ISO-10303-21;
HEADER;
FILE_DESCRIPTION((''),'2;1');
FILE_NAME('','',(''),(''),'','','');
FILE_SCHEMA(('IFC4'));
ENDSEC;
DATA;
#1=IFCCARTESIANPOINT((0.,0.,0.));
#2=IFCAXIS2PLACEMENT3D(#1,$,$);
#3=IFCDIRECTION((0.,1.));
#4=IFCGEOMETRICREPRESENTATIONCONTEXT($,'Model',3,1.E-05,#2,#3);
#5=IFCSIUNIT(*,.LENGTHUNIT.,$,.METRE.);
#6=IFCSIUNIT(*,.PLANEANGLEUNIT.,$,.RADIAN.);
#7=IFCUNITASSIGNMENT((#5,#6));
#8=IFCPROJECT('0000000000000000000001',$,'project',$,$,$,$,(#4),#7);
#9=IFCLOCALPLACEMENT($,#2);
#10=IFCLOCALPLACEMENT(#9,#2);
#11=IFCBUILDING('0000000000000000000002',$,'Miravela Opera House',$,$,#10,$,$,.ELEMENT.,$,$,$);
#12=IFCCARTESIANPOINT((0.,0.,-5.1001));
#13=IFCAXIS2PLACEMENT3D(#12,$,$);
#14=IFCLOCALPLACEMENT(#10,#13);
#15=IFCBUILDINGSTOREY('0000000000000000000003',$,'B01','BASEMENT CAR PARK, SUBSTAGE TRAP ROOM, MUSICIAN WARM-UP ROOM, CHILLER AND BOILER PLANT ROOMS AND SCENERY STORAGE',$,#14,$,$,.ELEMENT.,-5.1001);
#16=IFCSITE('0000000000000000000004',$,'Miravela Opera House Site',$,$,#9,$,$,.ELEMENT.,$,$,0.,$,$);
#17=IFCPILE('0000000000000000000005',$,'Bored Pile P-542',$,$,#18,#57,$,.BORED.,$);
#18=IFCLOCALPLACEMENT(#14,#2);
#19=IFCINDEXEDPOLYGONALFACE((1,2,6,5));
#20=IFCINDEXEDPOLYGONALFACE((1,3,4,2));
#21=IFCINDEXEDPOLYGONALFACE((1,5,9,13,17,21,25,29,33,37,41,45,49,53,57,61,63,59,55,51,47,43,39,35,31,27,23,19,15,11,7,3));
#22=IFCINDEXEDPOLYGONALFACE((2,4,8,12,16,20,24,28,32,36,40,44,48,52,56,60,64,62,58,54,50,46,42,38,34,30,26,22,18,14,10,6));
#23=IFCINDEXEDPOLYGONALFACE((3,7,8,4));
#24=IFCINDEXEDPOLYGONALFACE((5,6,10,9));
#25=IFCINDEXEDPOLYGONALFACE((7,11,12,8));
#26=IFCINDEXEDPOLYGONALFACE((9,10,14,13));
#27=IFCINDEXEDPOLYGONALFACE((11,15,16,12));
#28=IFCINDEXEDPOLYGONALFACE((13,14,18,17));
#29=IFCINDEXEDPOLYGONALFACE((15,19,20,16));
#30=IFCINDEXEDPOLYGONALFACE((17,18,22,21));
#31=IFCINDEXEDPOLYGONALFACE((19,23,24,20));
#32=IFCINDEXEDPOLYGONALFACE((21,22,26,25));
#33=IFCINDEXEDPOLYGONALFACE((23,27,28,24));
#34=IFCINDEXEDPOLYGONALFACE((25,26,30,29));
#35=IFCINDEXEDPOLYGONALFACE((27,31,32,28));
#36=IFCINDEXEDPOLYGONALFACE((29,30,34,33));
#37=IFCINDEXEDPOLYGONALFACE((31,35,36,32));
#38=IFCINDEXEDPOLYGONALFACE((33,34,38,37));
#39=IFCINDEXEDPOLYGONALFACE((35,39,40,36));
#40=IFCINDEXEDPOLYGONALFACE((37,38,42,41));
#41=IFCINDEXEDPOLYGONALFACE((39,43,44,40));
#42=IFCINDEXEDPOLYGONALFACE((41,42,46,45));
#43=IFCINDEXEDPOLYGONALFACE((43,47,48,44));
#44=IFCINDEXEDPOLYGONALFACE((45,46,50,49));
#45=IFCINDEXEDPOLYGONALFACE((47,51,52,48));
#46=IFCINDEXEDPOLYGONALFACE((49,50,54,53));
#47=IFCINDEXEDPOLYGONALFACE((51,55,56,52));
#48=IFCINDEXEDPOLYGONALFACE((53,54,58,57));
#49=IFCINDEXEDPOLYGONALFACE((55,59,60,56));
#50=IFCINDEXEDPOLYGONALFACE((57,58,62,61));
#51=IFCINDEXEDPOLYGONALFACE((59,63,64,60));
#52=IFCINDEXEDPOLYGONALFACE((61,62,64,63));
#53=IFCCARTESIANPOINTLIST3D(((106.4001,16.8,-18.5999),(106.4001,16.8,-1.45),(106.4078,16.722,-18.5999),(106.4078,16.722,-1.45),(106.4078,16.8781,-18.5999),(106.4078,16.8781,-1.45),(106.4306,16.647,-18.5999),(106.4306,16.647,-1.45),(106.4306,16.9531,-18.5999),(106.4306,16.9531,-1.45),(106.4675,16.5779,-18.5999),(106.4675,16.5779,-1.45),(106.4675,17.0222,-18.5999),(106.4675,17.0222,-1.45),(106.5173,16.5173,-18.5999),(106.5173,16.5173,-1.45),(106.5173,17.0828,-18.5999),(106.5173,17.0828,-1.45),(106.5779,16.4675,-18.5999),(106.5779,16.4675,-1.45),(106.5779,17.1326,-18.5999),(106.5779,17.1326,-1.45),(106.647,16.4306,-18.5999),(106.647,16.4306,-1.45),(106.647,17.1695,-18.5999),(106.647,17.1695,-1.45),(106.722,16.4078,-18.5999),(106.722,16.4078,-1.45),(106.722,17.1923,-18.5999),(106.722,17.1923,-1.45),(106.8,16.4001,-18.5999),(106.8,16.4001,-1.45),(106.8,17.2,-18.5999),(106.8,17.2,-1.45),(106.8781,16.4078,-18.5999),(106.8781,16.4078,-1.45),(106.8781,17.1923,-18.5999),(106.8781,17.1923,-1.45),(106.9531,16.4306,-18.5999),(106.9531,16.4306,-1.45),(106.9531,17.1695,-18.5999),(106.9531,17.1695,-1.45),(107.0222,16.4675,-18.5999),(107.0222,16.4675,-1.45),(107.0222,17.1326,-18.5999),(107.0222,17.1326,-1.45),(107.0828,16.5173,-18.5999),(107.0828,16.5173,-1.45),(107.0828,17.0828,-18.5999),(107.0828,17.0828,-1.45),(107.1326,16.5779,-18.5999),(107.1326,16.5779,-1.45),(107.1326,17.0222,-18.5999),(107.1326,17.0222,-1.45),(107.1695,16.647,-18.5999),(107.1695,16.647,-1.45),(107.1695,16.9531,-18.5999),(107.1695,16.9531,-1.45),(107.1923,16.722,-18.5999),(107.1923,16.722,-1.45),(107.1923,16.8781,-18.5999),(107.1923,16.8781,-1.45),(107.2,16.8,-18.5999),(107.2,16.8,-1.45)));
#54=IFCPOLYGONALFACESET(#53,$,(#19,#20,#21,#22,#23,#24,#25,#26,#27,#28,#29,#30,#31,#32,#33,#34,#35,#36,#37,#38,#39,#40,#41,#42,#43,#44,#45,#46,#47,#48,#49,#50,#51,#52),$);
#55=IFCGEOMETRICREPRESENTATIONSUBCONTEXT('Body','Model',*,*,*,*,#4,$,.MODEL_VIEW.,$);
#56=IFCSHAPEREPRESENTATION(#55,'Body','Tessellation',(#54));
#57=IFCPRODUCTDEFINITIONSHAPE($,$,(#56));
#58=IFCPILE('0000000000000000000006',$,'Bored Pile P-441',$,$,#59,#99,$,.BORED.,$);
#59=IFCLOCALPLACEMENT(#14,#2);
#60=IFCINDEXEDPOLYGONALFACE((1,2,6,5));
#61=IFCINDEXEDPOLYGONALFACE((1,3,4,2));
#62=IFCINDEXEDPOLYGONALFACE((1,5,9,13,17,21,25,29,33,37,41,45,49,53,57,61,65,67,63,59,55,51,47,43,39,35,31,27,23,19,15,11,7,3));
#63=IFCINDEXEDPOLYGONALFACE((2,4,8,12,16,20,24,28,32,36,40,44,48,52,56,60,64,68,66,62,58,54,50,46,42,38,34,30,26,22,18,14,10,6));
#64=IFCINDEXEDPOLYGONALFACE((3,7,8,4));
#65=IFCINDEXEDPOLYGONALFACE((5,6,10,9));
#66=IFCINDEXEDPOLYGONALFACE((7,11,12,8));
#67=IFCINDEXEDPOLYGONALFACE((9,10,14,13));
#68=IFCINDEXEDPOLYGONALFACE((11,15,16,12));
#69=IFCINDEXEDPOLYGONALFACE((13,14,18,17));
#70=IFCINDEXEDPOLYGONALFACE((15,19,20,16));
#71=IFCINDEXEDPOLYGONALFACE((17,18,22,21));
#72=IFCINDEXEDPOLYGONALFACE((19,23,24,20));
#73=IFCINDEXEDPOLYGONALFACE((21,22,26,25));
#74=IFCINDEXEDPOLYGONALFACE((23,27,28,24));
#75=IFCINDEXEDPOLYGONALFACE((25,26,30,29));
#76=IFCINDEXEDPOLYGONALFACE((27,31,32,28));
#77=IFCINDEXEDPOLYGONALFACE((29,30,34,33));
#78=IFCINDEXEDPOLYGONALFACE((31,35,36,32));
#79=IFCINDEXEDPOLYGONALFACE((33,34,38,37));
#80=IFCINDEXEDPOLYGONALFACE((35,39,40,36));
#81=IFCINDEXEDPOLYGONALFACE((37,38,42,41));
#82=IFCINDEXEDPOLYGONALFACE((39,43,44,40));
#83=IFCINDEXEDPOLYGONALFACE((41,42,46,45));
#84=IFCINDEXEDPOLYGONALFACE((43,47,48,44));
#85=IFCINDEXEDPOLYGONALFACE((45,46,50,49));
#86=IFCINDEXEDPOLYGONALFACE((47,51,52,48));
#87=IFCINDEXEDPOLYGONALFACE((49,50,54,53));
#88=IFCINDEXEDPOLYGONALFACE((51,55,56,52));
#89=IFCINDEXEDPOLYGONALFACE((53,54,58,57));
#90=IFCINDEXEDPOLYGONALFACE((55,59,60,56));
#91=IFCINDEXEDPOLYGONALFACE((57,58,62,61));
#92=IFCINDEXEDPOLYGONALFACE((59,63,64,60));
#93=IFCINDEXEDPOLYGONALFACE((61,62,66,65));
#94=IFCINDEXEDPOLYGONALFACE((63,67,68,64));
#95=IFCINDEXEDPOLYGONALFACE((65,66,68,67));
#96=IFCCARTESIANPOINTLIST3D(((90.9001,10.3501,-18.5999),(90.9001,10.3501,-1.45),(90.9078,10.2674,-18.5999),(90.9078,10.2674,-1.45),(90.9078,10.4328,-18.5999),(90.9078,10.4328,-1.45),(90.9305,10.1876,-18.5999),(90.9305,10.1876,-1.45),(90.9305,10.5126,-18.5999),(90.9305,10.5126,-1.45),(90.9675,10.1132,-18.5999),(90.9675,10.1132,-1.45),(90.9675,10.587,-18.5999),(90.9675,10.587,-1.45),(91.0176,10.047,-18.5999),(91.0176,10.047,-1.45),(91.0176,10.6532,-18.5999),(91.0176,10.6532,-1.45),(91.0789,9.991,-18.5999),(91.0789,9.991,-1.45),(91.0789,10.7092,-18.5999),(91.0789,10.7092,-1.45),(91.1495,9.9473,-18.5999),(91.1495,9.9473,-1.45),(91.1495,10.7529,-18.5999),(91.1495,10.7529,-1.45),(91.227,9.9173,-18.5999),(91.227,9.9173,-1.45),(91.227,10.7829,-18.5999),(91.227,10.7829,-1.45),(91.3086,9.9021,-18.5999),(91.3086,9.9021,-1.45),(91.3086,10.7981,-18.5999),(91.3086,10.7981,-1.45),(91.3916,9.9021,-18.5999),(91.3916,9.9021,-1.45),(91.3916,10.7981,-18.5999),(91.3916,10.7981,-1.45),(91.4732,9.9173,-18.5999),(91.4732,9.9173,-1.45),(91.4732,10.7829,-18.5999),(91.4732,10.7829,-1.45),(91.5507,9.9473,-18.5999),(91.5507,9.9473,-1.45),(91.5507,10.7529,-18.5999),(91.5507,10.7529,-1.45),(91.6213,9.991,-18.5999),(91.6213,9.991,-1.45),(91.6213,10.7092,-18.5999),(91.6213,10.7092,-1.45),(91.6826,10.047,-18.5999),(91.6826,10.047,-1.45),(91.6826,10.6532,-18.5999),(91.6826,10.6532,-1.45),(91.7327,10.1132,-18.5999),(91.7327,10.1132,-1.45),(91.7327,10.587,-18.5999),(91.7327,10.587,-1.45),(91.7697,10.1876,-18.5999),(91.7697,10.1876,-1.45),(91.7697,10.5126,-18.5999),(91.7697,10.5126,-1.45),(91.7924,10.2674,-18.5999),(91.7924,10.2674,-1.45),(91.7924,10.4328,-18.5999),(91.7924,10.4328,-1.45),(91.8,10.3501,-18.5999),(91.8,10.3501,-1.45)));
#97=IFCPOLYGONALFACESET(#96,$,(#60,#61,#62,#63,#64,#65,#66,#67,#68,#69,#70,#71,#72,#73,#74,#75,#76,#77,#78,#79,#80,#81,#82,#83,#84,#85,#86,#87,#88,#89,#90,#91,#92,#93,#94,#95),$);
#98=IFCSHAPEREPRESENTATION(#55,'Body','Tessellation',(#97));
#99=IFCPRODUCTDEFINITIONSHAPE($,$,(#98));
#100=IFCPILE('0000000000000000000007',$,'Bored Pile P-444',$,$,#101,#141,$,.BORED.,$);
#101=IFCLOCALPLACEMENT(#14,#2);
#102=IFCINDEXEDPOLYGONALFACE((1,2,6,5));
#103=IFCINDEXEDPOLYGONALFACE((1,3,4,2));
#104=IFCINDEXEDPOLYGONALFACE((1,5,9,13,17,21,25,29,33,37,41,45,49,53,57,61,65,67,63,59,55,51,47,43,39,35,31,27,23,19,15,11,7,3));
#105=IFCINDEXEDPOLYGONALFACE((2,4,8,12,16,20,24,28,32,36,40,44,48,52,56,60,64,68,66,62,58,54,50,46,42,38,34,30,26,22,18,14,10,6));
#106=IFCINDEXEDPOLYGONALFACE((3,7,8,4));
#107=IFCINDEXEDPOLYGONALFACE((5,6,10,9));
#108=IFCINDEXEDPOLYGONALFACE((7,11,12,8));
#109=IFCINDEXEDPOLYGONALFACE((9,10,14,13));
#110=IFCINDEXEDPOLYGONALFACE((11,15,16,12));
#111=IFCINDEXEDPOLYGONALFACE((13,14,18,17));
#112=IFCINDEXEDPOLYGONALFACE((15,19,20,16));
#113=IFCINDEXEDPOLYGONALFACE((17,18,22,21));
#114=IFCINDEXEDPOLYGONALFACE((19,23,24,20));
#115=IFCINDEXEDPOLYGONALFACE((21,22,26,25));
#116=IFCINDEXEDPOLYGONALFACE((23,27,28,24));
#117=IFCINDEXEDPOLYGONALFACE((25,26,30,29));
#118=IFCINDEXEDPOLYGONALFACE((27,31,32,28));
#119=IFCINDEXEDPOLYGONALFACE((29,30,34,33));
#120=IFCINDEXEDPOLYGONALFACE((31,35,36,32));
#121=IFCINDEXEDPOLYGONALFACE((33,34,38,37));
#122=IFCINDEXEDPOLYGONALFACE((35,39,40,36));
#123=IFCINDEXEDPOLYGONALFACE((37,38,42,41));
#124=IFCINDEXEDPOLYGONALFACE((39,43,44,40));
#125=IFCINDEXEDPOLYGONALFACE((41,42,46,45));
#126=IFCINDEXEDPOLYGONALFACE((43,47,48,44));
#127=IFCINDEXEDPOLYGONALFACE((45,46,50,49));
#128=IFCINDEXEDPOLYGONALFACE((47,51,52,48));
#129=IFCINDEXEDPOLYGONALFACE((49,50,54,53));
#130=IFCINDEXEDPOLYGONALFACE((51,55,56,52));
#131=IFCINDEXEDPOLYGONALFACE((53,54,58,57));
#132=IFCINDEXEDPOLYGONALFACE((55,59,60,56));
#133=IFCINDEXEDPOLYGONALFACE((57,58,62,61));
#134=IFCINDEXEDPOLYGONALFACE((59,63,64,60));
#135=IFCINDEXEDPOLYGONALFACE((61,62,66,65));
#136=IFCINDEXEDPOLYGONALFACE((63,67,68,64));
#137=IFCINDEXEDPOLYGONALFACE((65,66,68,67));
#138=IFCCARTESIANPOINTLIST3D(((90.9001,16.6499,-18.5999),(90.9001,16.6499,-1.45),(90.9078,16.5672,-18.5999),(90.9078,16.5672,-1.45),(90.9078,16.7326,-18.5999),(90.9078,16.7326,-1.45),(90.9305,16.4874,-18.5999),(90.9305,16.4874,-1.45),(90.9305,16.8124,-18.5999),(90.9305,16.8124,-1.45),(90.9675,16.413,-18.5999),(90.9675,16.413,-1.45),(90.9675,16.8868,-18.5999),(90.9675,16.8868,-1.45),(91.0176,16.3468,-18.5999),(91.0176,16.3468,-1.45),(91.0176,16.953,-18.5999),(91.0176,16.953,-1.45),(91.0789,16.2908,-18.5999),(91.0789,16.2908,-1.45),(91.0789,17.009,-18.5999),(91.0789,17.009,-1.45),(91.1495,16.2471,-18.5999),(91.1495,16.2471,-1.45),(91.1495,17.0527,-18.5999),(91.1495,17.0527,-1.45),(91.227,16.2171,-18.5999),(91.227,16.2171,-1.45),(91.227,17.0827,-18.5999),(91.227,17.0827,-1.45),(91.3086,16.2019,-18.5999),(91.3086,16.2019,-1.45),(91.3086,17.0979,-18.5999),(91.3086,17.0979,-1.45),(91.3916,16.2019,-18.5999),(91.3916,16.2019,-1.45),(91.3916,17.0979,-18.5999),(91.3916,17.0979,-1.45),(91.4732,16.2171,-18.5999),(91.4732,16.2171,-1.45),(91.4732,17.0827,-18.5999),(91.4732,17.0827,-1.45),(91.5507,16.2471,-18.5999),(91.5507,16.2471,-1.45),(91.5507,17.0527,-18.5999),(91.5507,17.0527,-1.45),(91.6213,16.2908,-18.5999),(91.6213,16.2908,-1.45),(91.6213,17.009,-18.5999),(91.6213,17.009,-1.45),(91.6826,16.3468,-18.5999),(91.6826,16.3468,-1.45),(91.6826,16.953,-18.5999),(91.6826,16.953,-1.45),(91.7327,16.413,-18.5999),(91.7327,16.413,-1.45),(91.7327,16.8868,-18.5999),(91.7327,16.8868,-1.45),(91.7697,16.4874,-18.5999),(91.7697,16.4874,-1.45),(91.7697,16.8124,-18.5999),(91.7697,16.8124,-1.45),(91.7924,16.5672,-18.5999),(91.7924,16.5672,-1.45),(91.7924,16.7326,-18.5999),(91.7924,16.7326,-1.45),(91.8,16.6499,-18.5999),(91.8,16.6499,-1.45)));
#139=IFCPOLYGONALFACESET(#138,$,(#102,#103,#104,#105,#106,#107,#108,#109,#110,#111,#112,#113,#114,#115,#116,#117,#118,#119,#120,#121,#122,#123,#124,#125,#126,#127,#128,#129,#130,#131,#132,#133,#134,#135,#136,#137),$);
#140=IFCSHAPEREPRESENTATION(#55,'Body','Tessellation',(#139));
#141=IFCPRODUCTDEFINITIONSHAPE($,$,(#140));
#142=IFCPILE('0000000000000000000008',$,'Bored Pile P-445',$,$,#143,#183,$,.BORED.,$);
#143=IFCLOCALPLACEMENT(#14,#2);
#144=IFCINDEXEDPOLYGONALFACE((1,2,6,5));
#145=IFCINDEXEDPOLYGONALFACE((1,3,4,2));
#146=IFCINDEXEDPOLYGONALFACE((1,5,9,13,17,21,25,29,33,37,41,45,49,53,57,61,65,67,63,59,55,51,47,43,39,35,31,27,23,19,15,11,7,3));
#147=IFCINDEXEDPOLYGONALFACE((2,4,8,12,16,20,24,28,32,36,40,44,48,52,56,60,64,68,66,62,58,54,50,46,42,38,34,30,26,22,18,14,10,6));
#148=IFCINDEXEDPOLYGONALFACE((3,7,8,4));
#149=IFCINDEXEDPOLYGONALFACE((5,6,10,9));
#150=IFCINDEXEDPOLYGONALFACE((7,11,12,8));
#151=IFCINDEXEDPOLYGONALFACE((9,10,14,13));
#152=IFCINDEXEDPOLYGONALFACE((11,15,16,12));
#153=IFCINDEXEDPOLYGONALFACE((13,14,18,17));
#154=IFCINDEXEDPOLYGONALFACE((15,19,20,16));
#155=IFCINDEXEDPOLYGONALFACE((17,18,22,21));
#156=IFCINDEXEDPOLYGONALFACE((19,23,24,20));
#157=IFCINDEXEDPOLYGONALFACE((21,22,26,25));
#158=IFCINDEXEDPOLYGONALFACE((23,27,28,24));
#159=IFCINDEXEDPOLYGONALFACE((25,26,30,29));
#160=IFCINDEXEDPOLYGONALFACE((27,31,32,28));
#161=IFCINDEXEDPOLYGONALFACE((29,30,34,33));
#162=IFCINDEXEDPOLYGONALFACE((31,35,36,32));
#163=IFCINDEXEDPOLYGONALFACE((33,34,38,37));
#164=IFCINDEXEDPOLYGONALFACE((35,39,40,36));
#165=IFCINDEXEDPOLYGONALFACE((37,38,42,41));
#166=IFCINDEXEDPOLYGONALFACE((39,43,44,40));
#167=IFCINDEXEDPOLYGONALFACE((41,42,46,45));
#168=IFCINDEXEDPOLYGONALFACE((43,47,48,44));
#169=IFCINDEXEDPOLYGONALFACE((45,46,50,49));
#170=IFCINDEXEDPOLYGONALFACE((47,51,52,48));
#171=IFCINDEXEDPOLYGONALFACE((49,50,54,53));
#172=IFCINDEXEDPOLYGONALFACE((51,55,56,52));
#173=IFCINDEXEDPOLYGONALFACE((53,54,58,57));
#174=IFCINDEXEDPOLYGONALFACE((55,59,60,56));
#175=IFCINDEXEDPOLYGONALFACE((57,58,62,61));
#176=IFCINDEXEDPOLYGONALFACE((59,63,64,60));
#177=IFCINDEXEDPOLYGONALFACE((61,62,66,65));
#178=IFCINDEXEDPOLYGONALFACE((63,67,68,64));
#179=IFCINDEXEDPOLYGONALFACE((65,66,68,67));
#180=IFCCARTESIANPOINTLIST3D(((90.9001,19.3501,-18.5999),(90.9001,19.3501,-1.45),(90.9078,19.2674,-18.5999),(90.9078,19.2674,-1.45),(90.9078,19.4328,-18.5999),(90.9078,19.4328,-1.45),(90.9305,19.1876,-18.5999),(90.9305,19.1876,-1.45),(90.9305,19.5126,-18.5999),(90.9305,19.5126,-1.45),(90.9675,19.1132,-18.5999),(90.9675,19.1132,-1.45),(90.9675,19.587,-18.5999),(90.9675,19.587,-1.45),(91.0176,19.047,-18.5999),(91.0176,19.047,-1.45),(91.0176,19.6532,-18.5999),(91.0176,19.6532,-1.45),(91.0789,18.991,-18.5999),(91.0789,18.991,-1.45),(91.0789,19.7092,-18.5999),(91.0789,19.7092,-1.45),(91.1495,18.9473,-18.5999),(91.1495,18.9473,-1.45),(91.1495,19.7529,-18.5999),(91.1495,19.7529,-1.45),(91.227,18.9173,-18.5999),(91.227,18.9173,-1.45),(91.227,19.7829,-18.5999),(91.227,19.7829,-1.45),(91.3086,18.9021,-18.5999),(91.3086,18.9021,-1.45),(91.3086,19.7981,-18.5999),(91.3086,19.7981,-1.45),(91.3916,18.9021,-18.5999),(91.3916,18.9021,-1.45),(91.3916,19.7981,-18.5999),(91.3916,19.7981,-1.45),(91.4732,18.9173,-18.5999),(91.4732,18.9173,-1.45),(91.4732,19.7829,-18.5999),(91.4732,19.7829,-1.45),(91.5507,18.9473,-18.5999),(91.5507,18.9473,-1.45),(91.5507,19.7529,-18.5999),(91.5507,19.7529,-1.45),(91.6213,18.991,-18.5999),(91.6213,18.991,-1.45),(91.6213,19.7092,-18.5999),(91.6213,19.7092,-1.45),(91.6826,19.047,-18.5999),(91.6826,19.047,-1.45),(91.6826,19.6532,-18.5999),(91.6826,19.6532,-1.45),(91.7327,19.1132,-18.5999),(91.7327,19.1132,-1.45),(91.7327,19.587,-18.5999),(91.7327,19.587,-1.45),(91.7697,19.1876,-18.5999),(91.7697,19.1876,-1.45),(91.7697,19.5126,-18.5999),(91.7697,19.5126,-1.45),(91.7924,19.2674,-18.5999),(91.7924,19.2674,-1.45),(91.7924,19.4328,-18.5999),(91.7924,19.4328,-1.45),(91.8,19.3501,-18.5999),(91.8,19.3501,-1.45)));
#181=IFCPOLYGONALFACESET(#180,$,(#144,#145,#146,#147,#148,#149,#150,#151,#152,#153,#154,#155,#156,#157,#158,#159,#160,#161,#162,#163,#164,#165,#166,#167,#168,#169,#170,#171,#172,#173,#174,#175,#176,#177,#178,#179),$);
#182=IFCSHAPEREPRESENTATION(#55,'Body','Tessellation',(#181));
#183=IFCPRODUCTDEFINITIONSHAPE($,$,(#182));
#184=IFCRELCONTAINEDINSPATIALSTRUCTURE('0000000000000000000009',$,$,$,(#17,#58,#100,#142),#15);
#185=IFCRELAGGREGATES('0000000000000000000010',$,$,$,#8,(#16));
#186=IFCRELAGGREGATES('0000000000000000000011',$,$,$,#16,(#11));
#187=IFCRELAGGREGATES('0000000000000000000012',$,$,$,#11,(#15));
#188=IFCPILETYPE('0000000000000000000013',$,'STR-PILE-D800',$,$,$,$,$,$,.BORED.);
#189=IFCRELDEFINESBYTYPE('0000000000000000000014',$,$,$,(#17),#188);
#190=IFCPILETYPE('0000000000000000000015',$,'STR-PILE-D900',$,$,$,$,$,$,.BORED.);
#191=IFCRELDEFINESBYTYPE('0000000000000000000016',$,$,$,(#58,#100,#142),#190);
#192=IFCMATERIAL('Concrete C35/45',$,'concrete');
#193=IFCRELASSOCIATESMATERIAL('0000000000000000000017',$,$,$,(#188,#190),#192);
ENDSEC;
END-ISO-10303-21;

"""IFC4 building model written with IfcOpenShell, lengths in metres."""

from ifc_helpers import new_model, si_unit, direction, frame, origin, origin_2d, place, context, subcontext, project, spatial, circle, extrude, material, material_profile, profile_set, type_object, element, save


model = new_model("IFC4")

# Units and contexts
model_context = context("Model", 3, precision=1e-05, world=origin(), true_north=direction((0.0, 1.0)))
body_context = subcontext(model_context, "Body", "Model", "MODEL_VIEW")
ifc_project = project(units=[si_unit("LENGTHUNIT", "METRE"), si_unit("PLANEANGLEUNIT", "RADIAN")], contexts=[model_context])

# Site, building, storey
site_placement = place(None, origin())
site = spatial("IfcSite", under=ifc_project, at=site_placement, Name="Miravela Opera House Site", CompositionType="ELEMENT", RefElevation=0.0)
building_placement = place(site_placement, origin())
building = spatial("IfcBuilding", under=site, at=building_placement, Name="Miravela Opera House", CompositionType="ELEMENT")
storey_placement = place(building_placement, frame((0.0, 0.0, -5.1001)))
storey = spatial("IfcBuildingStorey", under=building, at=storey_placement, Name="B01", Description="BASEMENT CAR PARK, SUBSTAGE TRAP ROOM, MUSICIAN WARM-UP ROOM, CHILLER AND BOILER PLANT ROOMS AND SCENERY STORAGE", CompositionType="ELEMENT", Elevation=-5.1001)

# Shared definitions
ifc_material_1 = material(Name="Concrete C35/45", Category="concrete")

# Piles
ifc_material_profile_1 = material_profile(ifc_material_1, circle(Radius=0.3999, at=origin_2d()), Name="PILE-D800")
ifc_profile_set_1 = profile_set([ifc_material_profile_1])
pile_type_1 = type_object("IfcPileType", Name="STR-PILE-D800", PredefinedType="BORED", material=ifc_profile_set_1)
for number, where, z_axis, x_axis, name in (
    (1, (106.8, 16.8, -1.45), (0.0, 0.0, -1.0), (1.0, 0.0, 0.0), "Bored Pile P-542"),
):
    element("IfcPile", number, at=place(storey_placement, frame(where, z_axis=z_axis, x_axis=x_axis)), inside=storey, type_object=pile_type_1, Name=name, PredefinedType="BORED", context=body_context, shape_type="SweptSolid", body=[
        extrude(circle(Radius=0.3999, at=origin_2d()), origin(), (0.0, 0.0, 1.0), 17.1499),
    ])
ifc_material_profile_2 = material_profile(ifc_material_1, circle(Radius=0.45, at=origin_2d()), Name="PILE-D900")
ifc_profile_set_2 = profile_set([ifc_material_profile_2])
pile_type_2 = type_object("IfcPileType", Name="STR-PILE-D900", PredefinedType="BORED", material=ifc_profile_set_2)
for number, where, z_axis, x_axis, name in (
    (2, (91.3501, 10.3501, -1.45), (0.0, 0.0, -1.0), (1.0, 0.0, 0.0), "Bored Pile P-441"),
    (3, (91.3501, 16.6499, -1.45), (0.0, 0.0, -1.0), (1.0, 0.0, 0.0), "Bored Pile P-444"),
    (4, (91.3501, 19.3501, -1.45), (0.0, 0.0, -1.0), (1.0, 0.0, 0.0), "Bored Pile P-445"),
):
    element("IfcPile", number, at=place(storey_placement, frame(where, z_axis=z_axis, x_axis=x_axis)), inside=storey, type_object=pile_type_2, Name=name, PredefinedType="BORED", context=body_context, shape_type="SweptSolid", body=[
        extrude(circle(Radius=0.45, at=origin_2d()), origin(), (0.0, 0.0, 1.0), 17.1499),
    ])

save(model, "model.ifc")
